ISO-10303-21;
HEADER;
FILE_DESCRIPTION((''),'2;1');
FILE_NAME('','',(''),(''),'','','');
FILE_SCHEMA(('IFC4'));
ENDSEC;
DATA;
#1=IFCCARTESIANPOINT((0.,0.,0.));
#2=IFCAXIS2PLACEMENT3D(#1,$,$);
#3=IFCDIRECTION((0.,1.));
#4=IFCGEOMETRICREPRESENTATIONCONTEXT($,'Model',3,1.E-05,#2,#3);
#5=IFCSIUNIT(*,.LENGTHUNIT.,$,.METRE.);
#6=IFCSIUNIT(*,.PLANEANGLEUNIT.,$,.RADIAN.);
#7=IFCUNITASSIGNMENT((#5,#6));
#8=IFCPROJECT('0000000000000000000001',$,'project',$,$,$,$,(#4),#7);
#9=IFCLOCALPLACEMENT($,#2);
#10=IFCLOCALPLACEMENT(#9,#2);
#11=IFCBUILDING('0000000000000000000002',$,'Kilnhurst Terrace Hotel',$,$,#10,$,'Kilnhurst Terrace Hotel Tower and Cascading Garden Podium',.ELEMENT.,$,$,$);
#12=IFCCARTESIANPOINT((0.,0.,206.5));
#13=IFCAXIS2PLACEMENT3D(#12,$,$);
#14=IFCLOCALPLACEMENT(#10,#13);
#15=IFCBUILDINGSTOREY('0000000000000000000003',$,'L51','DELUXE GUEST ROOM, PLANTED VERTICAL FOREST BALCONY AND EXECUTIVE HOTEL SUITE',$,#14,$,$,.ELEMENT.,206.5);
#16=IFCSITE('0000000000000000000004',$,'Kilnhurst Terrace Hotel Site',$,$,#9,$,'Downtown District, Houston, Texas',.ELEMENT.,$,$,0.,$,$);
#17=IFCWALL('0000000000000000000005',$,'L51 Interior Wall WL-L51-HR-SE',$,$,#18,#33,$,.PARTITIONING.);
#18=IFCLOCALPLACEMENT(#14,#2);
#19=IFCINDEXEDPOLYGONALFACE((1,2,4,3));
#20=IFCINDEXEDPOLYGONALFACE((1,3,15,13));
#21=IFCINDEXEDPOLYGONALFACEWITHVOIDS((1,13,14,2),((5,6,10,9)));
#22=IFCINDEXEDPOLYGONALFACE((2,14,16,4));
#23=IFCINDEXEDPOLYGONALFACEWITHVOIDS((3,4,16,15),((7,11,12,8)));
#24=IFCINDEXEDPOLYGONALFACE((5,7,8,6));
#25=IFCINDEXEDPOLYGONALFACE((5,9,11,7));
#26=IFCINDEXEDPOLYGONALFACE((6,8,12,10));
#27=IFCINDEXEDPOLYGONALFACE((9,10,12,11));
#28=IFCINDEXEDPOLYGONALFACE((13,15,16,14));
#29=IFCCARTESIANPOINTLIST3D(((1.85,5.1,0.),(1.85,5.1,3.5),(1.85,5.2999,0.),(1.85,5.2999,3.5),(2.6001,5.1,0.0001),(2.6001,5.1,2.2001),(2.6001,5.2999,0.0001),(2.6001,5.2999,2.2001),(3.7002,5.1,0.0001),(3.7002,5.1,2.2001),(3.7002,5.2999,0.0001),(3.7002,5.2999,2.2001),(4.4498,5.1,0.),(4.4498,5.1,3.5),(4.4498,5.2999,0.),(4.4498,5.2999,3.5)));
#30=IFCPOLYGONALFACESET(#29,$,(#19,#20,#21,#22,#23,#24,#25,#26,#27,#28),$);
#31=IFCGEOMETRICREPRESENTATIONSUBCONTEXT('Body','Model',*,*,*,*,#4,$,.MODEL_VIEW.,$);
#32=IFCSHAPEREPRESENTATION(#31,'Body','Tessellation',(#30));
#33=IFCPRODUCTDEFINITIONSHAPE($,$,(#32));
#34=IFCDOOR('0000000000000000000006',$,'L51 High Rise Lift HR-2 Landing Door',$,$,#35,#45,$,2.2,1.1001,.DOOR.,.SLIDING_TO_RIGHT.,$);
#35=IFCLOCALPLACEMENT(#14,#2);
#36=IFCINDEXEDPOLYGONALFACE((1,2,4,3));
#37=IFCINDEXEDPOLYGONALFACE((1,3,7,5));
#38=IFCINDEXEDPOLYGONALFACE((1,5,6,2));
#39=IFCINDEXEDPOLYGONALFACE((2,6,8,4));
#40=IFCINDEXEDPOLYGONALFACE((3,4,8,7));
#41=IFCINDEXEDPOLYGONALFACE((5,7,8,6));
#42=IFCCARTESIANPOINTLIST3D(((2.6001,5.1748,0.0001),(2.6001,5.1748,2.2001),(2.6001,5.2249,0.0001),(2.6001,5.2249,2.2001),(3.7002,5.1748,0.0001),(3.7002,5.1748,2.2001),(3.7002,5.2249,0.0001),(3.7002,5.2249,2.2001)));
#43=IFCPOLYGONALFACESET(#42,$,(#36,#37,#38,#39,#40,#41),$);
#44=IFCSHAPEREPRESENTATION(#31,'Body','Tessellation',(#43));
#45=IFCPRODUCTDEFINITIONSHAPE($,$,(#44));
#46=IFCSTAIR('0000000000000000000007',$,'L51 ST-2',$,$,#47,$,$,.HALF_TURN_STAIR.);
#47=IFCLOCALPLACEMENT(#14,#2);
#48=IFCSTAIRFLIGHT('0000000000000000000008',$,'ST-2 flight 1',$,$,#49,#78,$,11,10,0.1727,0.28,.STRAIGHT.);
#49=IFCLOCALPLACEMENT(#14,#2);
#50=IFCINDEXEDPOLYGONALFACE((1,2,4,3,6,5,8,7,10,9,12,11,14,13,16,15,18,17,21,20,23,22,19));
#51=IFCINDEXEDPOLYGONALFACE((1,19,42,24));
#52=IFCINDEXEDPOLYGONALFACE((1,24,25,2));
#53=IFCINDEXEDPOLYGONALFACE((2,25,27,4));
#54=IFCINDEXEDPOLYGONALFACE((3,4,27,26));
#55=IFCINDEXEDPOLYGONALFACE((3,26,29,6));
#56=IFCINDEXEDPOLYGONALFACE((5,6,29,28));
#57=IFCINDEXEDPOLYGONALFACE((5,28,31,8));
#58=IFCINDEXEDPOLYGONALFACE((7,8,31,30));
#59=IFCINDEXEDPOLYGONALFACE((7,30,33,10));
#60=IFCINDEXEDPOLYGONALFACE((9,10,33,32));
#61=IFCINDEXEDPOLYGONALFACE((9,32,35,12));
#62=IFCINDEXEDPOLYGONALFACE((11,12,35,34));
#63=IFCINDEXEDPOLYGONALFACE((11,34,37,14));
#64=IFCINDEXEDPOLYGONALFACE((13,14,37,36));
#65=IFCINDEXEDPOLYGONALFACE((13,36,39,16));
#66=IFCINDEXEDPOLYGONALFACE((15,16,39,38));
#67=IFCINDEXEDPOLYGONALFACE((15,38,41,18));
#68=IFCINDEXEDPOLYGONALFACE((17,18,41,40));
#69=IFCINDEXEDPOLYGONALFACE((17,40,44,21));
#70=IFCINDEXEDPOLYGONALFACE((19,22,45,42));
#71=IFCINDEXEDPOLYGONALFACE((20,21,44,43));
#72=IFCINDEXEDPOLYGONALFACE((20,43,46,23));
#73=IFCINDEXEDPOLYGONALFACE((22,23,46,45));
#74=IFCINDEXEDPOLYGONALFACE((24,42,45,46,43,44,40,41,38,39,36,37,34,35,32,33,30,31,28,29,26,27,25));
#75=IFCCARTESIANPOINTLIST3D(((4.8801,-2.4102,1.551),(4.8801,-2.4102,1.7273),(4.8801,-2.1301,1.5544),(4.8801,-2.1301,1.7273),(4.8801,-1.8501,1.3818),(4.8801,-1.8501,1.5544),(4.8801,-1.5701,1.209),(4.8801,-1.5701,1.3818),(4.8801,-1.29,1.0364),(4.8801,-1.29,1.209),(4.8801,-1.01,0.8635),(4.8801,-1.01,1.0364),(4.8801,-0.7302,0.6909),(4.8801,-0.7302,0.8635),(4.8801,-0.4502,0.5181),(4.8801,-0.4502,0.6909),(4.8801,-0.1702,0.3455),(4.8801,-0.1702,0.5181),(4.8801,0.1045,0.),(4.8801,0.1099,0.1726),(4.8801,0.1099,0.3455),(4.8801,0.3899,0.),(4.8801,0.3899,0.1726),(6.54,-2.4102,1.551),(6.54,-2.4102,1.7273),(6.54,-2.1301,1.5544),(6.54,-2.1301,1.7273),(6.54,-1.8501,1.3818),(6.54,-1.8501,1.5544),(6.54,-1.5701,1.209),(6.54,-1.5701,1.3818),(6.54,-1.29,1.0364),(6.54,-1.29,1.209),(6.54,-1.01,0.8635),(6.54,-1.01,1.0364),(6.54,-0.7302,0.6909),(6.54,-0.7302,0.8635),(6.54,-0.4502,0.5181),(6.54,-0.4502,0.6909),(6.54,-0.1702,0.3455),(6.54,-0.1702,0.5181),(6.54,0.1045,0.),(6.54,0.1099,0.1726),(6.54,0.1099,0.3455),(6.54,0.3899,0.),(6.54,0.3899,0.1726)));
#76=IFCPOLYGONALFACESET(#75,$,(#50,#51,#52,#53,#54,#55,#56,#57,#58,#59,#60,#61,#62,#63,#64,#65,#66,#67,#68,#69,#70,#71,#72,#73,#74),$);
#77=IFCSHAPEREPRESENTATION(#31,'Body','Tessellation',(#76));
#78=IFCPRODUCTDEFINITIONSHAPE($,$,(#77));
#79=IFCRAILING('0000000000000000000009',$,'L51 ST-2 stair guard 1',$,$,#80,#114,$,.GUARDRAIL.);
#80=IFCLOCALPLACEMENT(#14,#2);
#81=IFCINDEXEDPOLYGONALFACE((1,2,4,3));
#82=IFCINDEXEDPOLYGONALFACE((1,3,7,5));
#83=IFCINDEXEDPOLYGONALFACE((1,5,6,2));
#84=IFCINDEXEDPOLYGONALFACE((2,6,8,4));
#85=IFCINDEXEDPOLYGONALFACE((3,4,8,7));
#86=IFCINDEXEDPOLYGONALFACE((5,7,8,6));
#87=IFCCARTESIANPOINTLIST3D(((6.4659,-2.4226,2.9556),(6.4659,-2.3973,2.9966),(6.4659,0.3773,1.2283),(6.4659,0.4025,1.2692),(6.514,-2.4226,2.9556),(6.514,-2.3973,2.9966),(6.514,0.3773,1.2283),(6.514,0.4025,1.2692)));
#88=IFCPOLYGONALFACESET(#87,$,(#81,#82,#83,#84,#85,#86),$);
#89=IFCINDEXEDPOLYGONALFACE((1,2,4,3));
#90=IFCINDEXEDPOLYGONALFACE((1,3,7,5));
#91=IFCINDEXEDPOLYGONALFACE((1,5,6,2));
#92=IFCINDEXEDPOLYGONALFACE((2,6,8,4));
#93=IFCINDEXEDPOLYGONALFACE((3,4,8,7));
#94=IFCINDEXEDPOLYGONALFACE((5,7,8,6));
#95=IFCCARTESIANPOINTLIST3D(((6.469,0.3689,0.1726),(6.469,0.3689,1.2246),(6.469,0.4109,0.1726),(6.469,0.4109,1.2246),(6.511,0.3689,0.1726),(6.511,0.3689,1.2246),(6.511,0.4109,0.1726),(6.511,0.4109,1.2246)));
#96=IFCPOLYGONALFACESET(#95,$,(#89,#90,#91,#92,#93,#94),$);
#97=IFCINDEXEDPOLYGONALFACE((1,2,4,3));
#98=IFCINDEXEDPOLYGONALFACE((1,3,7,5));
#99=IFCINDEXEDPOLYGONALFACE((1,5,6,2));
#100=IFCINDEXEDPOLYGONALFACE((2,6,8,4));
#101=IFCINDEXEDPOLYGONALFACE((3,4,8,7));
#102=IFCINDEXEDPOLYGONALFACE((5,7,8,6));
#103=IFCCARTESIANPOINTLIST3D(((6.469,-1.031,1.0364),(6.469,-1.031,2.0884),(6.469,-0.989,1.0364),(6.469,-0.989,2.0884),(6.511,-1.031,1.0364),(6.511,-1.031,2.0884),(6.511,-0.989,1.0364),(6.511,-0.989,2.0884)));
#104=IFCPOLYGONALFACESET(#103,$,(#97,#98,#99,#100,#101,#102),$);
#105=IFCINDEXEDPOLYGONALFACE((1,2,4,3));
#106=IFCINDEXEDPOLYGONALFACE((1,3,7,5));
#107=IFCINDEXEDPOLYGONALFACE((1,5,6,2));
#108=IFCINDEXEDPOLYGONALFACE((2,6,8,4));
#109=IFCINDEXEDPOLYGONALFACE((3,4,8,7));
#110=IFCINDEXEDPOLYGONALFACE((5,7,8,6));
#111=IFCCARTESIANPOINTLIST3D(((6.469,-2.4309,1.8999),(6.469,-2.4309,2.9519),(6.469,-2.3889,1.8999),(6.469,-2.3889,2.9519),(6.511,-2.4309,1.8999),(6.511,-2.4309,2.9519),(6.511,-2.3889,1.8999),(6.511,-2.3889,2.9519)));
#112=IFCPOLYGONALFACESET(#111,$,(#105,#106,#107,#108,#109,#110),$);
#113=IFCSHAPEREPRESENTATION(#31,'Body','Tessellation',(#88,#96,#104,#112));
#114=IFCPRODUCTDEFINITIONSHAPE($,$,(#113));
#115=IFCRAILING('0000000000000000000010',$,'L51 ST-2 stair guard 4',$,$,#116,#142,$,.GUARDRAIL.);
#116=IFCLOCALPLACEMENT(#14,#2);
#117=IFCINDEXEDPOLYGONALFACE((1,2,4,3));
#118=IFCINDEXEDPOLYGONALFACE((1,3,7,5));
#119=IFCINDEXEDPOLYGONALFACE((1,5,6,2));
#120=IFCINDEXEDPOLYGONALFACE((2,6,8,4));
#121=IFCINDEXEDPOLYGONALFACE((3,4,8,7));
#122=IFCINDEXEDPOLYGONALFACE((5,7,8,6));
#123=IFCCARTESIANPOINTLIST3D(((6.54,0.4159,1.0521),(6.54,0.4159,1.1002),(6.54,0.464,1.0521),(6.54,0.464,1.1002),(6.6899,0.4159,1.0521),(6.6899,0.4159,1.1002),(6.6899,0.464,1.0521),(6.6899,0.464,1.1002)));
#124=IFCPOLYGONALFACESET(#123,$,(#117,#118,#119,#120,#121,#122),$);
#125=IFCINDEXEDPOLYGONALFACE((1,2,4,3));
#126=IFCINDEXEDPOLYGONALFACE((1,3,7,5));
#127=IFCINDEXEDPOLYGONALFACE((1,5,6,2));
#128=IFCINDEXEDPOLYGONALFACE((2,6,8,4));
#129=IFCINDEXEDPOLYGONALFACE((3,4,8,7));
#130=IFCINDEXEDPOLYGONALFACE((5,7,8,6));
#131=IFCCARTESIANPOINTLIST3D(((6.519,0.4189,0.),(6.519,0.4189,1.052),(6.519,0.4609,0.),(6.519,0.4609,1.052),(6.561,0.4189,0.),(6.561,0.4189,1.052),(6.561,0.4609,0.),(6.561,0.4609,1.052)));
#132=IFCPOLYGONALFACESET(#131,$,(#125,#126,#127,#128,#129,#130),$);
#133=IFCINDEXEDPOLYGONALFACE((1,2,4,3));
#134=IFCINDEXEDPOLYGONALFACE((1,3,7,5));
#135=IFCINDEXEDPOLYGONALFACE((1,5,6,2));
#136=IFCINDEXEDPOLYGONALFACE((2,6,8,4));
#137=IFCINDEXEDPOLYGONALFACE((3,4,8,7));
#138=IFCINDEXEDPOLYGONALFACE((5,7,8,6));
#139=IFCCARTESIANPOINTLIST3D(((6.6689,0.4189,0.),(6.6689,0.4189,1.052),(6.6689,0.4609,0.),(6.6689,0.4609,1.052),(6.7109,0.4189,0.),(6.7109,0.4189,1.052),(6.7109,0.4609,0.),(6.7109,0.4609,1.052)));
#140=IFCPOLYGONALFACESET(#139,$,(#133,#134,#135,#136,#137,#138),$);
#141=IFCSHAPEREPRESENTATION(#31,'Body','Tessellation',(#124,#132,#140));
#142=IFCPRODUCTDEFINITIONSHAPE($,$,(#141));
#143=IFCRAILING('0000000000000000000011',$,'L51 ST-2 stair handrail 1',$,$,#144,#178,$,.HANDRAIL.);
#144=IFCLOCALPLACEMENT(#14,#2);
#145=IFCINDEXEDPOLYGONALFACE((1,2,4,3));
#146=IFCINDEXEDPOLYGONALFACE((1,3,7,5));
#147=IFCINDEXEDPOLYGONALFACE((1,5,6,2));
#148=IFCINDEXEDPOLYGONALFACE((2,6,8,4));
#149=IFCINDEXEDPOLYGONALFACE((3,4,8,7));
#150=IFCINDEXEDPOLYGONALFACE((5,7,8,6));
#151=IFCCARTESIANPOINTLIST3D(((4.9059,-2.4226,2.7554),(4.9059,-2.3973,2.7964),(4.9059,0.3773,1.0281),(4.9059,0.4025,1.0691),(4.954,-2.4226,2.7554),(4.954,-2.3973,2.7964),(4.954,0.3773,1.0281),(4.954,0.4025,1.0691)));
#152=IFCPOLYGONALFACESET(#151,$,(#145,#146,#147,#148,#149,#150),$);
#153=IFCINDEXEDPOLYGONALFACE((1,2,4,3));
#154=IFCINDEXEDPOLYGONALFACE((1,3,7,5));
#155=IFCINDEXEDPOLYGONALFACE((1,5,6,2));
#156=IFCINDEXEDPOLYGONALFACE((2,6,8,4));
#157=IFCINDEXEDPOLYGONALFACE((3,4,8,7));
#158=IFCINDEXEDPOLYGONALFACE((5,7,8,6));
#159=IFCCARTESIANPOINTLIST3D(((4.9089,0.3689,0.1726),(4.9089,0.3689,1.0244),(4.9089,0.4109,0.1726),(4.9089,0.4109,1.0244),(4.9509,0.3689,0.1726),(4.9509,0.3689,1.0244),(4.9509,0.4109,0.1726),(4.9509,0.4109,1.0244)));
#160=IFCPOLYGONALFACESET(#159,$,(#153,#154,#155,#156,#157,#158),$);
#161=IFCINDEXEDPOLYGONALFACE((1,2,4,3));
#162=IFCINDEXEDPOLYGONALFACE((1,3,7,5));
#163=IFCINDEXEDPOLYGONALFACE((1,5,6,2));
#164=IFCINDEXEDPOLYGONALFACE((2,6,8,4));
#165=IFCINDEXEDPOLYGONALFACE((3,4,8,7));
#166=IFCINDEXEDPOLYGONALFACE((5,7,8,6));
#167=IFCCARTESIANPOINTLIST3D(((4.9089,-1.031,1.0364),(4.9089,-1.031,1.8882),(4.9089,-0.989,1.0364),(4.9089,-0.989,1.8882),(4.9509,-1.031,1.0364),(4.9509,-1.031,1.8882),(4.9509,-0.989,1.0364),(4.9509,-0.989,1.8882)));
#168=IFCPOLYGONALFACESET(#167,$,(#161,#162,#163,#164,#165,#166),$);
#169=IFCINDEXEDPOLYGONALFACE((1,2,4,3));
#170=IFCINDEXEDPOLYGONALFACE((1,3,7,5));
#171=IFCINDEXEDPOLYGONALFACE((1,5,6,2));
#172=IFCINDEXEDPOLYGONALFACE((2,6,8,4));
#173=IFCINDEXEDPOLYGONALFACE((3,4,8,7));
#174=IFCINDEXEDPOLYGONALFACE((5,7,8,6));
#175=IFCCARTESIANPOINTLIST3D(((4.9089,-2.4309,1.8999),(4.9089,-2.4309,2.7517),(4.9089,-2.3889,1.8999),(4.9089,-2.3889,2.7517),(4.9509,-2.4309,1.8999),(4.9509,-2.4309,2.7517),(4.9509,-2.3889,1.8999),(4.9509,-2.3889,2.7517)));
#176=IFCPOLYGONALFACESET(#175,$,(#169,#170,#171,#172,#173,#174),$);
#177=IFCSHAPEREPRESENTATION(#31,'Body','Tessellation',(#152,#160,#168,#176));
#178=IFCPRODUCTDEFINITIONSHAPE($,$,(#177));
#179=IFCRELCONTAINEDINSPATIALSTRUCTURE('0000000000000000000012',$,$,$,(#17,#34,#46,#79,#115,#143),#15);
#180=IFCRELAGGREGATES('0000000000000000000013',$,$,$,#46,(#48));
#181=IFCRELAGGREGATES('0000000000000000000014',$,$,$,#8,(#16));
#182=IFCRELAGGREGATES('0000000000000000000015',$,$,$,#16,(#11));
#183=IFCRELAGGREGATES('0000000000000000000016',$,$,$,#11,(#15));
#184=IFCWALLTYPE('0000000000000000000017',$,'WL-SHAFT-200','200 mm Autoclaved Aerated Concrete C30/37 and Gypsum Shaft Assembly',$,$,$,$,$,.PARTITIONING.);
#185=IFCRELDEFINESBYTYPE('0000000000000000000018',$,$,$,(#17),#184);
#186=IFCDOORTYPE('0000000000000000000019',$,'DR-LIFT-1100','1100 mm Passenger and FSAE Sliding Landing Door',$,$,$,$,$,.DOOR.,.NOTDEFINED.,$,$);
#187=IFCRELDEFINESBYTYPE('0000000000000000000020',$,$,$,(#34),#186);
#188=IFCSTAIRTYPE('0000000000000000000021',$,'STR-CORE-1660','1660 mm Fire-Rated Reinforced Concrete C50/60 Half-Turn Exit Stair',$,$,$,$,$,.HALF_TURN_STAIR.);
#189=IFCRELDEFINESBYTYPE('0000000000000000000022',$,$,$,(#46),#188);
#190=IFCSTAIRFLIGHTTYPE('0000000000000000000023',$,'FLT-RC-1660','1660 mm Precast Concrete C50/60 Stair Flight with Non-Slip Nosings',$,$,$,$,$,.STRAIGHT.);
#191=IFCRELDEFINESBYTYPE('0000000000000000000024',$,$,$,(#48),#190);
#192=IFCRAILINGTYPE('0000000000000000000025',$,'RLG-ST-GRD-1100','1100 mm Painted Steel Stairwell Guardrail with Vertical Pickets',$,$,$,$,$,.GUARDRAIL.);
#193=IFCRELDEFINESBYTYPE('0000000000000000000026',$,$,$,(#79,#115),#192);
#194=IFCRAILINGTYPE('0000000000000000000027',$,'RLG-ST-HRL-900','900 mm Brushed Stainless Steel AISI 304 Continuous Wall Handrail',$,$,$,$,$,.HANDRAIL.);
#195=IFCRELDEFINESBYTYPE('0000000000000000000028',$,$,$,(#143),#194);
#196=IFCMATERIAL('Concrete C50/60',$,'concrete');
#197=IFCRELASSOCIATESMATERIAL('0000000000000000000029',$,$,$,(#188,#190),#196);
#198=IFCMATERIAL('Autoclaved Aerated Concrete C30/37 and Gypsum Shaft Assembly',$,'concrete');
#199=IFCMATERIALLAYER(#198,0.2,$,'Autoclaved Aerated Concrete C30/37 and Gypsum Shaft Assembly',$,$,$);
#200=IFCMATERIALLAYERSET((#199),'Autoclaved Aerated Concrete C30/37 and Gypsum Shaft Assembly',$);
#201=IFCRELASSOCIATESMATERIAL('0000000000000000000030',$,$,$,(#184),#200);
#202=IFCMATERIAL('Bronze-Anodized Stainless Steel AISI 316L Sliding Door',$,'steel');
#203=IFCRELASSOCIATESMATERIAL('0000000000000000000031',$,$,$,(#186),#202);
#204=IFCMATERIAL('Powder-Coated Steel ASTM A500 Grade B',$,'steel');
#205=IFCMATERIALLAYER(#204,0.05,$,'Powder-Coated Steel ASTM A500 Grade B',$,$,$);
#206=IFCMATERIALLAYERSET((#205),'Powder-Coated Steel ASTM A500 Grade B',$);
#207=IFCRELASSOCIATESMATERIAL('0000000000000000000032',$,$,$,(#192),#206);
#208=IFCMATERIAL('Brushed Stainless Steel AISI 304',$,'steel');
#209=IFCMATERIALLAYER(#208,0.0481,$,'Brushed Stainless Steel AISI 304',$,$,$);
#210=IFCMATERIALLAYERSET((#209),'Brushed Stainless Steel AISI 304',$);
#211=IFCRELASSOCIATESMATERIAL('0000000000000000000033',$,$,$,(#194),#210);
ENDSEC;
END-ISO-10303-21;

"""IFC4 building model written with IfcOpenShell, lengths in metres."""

from ifc_helpers import new_model, si_unit, direction, frame, frame_2d, origin, origin_2d, place, context, subcontext, project, spatial, polyline, rectangle, outline, extrude, material, layer, layer_set, type_object, element, fill, aggregate, save


model = new_model("IFC4")

# Units and contexts
model_context = context("Model", 3, precision=1e-05, world=origin(), true_north=direction((0.0, 1.0)))
body_context = subcontext(model_context, "Body", "Model", "MODEL_VIEW")
ifc_project = project(units=[si_unit("LENGTHUNIT", "METRE"), si_unit("PLANEANGLEUNIT", "RADIAN")], contexts=[model_context])

# Site, building, storey
site_placement = place(None, origin())
site = spatial("IfcSite", under=ifc_project, at=site_placement, Name="Kilnhurst Terrace Hotel Site", LongName="Downtown District, Houston, Texas", CompositionType="ELEMENT", RefElevation=0.0)
building_placement = place(site_placement, origin())
building = spatial("IfcBuilding", under=site, at=building_placement, Name="Kilnhurst Terrace Hotel", LongName="Kilnhurst Terrace Hotel Tower and Cascading Garden Podium", CompositionType="ELEMENT")
storey_placement = place(building_placement, frame((0.0, 0.0, 206.5)))
storey = spatial("IfcBuildingStorey", under=building, at=storey_placement, Name="L51", Description="DELUXE GUEST ROOM, PLANTED VERTICAL FOREST BALCONY AND EXECUTIVE HOTEL SUITE", CompositionType="ELEMENT", Elevation=206.5)

# Shared definitions
ifc_material_1 = material(Name="Concrete C50/60", Category="concrete")
stair_type = type_object("IfcStairType", Name="STR-CORE-1660", Description="1660 mm Fire-Rated Reinforced Concrete C50/60 Half-Turn Exit Stair", PredefinedType="HALF_TURN_STAIR", material=ifc_material_1)

# Shared definitions
ifc_material_2 = material(Name="Autoclaved Aerated Concrete C30/37 and Gypsum Shaft Assembly", Category="concrete")
ifc_layer_1 = layer(ifc_material_2, 0.2, Name="Autoclaved Aerated Concrete C30/37 and Gypsum Shaft Assembly")
ifc_layer_set_1 = layer_set([ifc_layer_1], Name="Autoclaved Aerated Concrete C30/37 and Gypsum Shaft Assembly")
wall_type_1 = type_object("IfcWallType", Name="WL-SHAFT-200", Description="200 mm Autoclaved Aerated Concrete C30/37 and Gypsum Shaft Assembly", PredefinedType="PARTITIONING", material=ifc_layer_set_1)
ifc_material_3 = material(Name="Bronze-Anodized Stainless Steel AISI 316L Sliding Door", Category="steel")
door_type_1 = type_object("IfcDoorType", Name="DR-LIFT-1100", Description="1100 mm Passenger and FSAE Sliding Landing Door", OperationType="NOTDEFINED", PredefinedType="DOOR", material=ifc_material_3)

# Wall, opening, door
wall_1_placement = place(storey_placement, frame((1.8501, 5.2, 0.0), z_axis=(0.0, 0.0, 1.0), x_axis=(1.0, 0.0, 0.0)))
wall_1 = element("IfcWall", 1, at=wall_1_placement, inside=storey, type_object=wall_type_1, Name="L51 Interior Wall WL-L51-HR-SE", PredefinedType="PARTITIONING", context=body_context, shape_type="SweptSolid", body=[
    extrude(rectangle(XDim=2.5999, YDim=0.2, at=frame_2d((1.2998, 0.0))), origin(), (0.0, 0.0, 1.0), 3.5),
])
opening_1_placement = place(wall_1_placement, frame((0.75, 0.0, 0.0)))
opening_1 = element("IfcOpeningElement", 2, at=opening_1_placement, cuts=wall_1, PredefinedType="OPENING", context=body_context, shape_type="SweptSolid", body=[
    extrude(rectangle(XDim=1.1001, YDim=2.2, at=frame_2d((0.55, 1.1001))), frame((0.0, 0.1099, 0.0), z_axis=(0.0, -1.0, 0.0), x_axis=(1.0, 0.0, 0.0)), (0.0, 0.0, 1.0), 0.22),
])
door_1_placement = place(opening_1_placement, origin())
door_1 = element("IfcDoor", 3, at=door_1_placement, inside=storey, type_object=door_type_1, Name="L51 High Rise Lift HR-2 Landing Door", OperationType="SLIDING_TO_RIGHT", OverallHeight=2.2, OverallWidth=1.1001, PredefinedType="DOOR", context=body_context, shape_type="SweptSolid", body=[
    extrude(rectangle(XDim=1.1001, YDim=2.2, at=frame_2d((0.55, 1.1001))), frame((0.0, 0.0249, 0.0), z_axis=(0.0, -1.0, 0.0), x_axis=(1.0, 0.0, 0.0)), (0.0, 0.0, 1.0), 0.05),
])
fill(opening_1, door_1)

# Stair, stair flight
stair_1_placement = place(storey_placement, origin())
stair_1 = element("IfcStair", 4, at=stair_1_placement, inside=storey, type_object=stair_type, Name="L51 ST-2", PredefinedType="HALF_TURN_STAIR")
stair_flight_type = type_object("IfcStairFlightType", Name="FLT-RC-1660", Description="1660 mm Precast Concrete C50/60 Stair Flight with Non-Slip Nosings", PredefinedType="STRAIGHT", material=ifc_material_1)
stair_flight_placement = place(storey_placement, frame((5.71, 0.3899, 0.0), z_axis=(0.0, 0.0, 1.0), x_axis=(0.0, -1.0, 0.0)))
stair_flight = element("IfcStairFlight", 5, at=stair_flight_placement, type_object=stair_flight_type, Name="ST-2 flight 1", NumberOfRisers=11, NumberOfTreads=10, PredefinedType="STRAIGHT", RiserHeight=0.1727, TreadLength=0.28, context=body_context, shape_type="SweptSolid", body=[
    extrude(outline(polyline([(0.0, 0.0), (0.0, 0.1726), (0.28, 0.1726), (0.28, 0.3455), (0.5601, 0.3455), (0.5601, 0.5181), (0.8401, 0.5181), (0.8401, 0.6909), (1.1201, 0.6909), (1.1201, 0.8635), (1.3999, 0.8635), (1.3999, 1.0364), (1.6799, 1.0364), (1.6799, 1.209), (1.96, 1.209), (1.96, 1.3818), (2.24, 1.3818), (2.24, 1.5544), (2.52, 1.5544), (2.52, 1.7273), (2.8, 1.7273), (2.8, 1.8999), (2.8, 1.551), (0.2854, 0.0), (0.0, 0.0)])), frame((0.0, 0.8301, 0.0), z_axis=(0.0, -1.0, 0.0), x_axis=(1.0, 0.0, 0.0)), (0.0, 0.0, 1.0), 1.6599),
])
aggregate(stair_1, [stair_flight])

# Railings
ifc_material_4 = material(Name="Powder-Coated Steel ASTM A500 Grade B", Category="steel")
ifc_layer_2 = layer(ifc_material_4, 0.05, Name="Powder-Coated Steel ASTM A500 Grade B")
ifc_layer_set_2 = layer_set([ifc_layer_2], Name="Powder-Coated Steel ASTM A500 Grade B")
railing_type_1 = type_object("IfcRailingType", Name="RLG-ST-GRD-1100", Description="1100 mm Painted Steel Stairwell Guardrail with Vertical Pickets", PredefinedType="GUARDRAIL", material=ifc_layer_set_2)
railing_1_placement = place(storey_placement, frame((6.49, 0.3899, 0.1726)))
element("IfcRailing", 6, at=railing_1_placement, inside=storey, type_object=railing_type_1, Name="L51 ST-2 stair guard 1", PredefinedType="GUARDRAIL", context=body_context, shape_type="SweptSolid", body=[
    extrude(rectangle(XDim=0.0481, YDim=0.0481, at=origin_2d()), frame((0.0, 0.0, 1.0762), z_axis=(0.0, -0.851069, 0.525054), x_axis=(1.0, 0.0, 0.0)), (0.0, 0.0, 1.0), 3.2898),
    extrude(rectangle(XDim=0.042, YDim=0.042, at=origin_2d()), origin(), (0.0, 0.0, 1.0), 1.052),
    extrude(rectangle(XDim=0.042, YDim=0.042, at=origin_2d()), frame((0.0, -1.3999, 0.8638)), (0.0, 0.0, 1.0), 1.052),
    extrude(rectangle(XDim=0.042, YDim=0.042, at=origin_2d()), frame((0.0, -2.7998, 1.7273)), (0.0, 0.0, 1.0), 1.052),
])
railing_2_placement = place(storey_placement, frame((6.54, 0.4399, 0.0)))
element("IfcRailing", 7, at=railing_2_placement, inside=storey, type_object=railing_type_1, Name="L51 ST-2 stair guard 4", PredefinedType="GUARDRAIL", context=body_context, shape_type="SweptSolid", body=[
    extrude(rectangle(XDim=0.0481, YDim=0.0481, at=origin_2d()), frame((0.0, 0.0, 1.0762), z_axis=(1.0, 0.0, 0.0), x_axis=(0.0, 1.0, 0.0)), (0.0, 0.0, 1.0), 0.1499),
    extrude(rectangle(XDim=0.042, YDim=0.042, at=origin_2d()), origin(), (0.0, 0.0, 1.0), 1.052),
    extrude(rectangle(XDim=0.042, YDim=0.042, at=origin_2d()), frame((0.1499, 0.0, 0.0)), (0.0, 0.0, 1.0), 1.052),
])
ifc_material_5 = material(Name="Brushed Stainless Steel AISI 304", Category="steel")
ifc_layer_3 = layer(ifc_material_5, 0.0481, Name="Brushed Stainless Steel AISI 304")
ifc_layer_set_3 = layer_set([ifc_layer_3], Name="Brushed Stainless Steel AISI 304")
railing_type_2 = type_object("IfcRailingType", Name="RLG-ST-HRL-900", Description="900 mm Brushed Stainless Steel AISI 304 Continuous Wall Handrail", PredefinedType="HANDRAIL", material=ifc_layer_set_3)
railing_3_placement = place(storey_placement, frame((4.9299, 0.3899, 0.1726)))
element("IfcRailing", 8, at=railing_3_placement, inside=storey, type_object=railing_type_2, Name="L51 ST-2 stair handrail 1", PredefinedType="HANDRAIL", context=body_context, shape_type="SweptSolid", body=[
    extrude(rectangle(XDim=0.0481, YDim=0.0481, at=origin_2d()), frame((0.0, 0.0, 0.876), z_axis=(0.0, -0.851069, 0.525054), x_axis=(1.0, 0.0, 0.0)), (0.0, 0.0, 1.0), 3.2898),
    extrude(rectangle(XDim=0.042, YDim=0.042, at=origin_2d()), origin(), (0.0, 0.0, 1.0), 0.8518),
    extrude(rectangle(XDim=0.042, YDim=0.042, at=origin_2d()), frame((0.0, -1.3999, 0.8638)), (0.0, 0.0, 1.0), 0.8518),
    extrude(rectangle(XDim=0.042, YDim=0.042, at=origin_2d()), frame((0.0, -2.7998, 1.7273)), (0.0, 0.0, 1.0), 0.8518),
])

save(model, "model.ifc")
